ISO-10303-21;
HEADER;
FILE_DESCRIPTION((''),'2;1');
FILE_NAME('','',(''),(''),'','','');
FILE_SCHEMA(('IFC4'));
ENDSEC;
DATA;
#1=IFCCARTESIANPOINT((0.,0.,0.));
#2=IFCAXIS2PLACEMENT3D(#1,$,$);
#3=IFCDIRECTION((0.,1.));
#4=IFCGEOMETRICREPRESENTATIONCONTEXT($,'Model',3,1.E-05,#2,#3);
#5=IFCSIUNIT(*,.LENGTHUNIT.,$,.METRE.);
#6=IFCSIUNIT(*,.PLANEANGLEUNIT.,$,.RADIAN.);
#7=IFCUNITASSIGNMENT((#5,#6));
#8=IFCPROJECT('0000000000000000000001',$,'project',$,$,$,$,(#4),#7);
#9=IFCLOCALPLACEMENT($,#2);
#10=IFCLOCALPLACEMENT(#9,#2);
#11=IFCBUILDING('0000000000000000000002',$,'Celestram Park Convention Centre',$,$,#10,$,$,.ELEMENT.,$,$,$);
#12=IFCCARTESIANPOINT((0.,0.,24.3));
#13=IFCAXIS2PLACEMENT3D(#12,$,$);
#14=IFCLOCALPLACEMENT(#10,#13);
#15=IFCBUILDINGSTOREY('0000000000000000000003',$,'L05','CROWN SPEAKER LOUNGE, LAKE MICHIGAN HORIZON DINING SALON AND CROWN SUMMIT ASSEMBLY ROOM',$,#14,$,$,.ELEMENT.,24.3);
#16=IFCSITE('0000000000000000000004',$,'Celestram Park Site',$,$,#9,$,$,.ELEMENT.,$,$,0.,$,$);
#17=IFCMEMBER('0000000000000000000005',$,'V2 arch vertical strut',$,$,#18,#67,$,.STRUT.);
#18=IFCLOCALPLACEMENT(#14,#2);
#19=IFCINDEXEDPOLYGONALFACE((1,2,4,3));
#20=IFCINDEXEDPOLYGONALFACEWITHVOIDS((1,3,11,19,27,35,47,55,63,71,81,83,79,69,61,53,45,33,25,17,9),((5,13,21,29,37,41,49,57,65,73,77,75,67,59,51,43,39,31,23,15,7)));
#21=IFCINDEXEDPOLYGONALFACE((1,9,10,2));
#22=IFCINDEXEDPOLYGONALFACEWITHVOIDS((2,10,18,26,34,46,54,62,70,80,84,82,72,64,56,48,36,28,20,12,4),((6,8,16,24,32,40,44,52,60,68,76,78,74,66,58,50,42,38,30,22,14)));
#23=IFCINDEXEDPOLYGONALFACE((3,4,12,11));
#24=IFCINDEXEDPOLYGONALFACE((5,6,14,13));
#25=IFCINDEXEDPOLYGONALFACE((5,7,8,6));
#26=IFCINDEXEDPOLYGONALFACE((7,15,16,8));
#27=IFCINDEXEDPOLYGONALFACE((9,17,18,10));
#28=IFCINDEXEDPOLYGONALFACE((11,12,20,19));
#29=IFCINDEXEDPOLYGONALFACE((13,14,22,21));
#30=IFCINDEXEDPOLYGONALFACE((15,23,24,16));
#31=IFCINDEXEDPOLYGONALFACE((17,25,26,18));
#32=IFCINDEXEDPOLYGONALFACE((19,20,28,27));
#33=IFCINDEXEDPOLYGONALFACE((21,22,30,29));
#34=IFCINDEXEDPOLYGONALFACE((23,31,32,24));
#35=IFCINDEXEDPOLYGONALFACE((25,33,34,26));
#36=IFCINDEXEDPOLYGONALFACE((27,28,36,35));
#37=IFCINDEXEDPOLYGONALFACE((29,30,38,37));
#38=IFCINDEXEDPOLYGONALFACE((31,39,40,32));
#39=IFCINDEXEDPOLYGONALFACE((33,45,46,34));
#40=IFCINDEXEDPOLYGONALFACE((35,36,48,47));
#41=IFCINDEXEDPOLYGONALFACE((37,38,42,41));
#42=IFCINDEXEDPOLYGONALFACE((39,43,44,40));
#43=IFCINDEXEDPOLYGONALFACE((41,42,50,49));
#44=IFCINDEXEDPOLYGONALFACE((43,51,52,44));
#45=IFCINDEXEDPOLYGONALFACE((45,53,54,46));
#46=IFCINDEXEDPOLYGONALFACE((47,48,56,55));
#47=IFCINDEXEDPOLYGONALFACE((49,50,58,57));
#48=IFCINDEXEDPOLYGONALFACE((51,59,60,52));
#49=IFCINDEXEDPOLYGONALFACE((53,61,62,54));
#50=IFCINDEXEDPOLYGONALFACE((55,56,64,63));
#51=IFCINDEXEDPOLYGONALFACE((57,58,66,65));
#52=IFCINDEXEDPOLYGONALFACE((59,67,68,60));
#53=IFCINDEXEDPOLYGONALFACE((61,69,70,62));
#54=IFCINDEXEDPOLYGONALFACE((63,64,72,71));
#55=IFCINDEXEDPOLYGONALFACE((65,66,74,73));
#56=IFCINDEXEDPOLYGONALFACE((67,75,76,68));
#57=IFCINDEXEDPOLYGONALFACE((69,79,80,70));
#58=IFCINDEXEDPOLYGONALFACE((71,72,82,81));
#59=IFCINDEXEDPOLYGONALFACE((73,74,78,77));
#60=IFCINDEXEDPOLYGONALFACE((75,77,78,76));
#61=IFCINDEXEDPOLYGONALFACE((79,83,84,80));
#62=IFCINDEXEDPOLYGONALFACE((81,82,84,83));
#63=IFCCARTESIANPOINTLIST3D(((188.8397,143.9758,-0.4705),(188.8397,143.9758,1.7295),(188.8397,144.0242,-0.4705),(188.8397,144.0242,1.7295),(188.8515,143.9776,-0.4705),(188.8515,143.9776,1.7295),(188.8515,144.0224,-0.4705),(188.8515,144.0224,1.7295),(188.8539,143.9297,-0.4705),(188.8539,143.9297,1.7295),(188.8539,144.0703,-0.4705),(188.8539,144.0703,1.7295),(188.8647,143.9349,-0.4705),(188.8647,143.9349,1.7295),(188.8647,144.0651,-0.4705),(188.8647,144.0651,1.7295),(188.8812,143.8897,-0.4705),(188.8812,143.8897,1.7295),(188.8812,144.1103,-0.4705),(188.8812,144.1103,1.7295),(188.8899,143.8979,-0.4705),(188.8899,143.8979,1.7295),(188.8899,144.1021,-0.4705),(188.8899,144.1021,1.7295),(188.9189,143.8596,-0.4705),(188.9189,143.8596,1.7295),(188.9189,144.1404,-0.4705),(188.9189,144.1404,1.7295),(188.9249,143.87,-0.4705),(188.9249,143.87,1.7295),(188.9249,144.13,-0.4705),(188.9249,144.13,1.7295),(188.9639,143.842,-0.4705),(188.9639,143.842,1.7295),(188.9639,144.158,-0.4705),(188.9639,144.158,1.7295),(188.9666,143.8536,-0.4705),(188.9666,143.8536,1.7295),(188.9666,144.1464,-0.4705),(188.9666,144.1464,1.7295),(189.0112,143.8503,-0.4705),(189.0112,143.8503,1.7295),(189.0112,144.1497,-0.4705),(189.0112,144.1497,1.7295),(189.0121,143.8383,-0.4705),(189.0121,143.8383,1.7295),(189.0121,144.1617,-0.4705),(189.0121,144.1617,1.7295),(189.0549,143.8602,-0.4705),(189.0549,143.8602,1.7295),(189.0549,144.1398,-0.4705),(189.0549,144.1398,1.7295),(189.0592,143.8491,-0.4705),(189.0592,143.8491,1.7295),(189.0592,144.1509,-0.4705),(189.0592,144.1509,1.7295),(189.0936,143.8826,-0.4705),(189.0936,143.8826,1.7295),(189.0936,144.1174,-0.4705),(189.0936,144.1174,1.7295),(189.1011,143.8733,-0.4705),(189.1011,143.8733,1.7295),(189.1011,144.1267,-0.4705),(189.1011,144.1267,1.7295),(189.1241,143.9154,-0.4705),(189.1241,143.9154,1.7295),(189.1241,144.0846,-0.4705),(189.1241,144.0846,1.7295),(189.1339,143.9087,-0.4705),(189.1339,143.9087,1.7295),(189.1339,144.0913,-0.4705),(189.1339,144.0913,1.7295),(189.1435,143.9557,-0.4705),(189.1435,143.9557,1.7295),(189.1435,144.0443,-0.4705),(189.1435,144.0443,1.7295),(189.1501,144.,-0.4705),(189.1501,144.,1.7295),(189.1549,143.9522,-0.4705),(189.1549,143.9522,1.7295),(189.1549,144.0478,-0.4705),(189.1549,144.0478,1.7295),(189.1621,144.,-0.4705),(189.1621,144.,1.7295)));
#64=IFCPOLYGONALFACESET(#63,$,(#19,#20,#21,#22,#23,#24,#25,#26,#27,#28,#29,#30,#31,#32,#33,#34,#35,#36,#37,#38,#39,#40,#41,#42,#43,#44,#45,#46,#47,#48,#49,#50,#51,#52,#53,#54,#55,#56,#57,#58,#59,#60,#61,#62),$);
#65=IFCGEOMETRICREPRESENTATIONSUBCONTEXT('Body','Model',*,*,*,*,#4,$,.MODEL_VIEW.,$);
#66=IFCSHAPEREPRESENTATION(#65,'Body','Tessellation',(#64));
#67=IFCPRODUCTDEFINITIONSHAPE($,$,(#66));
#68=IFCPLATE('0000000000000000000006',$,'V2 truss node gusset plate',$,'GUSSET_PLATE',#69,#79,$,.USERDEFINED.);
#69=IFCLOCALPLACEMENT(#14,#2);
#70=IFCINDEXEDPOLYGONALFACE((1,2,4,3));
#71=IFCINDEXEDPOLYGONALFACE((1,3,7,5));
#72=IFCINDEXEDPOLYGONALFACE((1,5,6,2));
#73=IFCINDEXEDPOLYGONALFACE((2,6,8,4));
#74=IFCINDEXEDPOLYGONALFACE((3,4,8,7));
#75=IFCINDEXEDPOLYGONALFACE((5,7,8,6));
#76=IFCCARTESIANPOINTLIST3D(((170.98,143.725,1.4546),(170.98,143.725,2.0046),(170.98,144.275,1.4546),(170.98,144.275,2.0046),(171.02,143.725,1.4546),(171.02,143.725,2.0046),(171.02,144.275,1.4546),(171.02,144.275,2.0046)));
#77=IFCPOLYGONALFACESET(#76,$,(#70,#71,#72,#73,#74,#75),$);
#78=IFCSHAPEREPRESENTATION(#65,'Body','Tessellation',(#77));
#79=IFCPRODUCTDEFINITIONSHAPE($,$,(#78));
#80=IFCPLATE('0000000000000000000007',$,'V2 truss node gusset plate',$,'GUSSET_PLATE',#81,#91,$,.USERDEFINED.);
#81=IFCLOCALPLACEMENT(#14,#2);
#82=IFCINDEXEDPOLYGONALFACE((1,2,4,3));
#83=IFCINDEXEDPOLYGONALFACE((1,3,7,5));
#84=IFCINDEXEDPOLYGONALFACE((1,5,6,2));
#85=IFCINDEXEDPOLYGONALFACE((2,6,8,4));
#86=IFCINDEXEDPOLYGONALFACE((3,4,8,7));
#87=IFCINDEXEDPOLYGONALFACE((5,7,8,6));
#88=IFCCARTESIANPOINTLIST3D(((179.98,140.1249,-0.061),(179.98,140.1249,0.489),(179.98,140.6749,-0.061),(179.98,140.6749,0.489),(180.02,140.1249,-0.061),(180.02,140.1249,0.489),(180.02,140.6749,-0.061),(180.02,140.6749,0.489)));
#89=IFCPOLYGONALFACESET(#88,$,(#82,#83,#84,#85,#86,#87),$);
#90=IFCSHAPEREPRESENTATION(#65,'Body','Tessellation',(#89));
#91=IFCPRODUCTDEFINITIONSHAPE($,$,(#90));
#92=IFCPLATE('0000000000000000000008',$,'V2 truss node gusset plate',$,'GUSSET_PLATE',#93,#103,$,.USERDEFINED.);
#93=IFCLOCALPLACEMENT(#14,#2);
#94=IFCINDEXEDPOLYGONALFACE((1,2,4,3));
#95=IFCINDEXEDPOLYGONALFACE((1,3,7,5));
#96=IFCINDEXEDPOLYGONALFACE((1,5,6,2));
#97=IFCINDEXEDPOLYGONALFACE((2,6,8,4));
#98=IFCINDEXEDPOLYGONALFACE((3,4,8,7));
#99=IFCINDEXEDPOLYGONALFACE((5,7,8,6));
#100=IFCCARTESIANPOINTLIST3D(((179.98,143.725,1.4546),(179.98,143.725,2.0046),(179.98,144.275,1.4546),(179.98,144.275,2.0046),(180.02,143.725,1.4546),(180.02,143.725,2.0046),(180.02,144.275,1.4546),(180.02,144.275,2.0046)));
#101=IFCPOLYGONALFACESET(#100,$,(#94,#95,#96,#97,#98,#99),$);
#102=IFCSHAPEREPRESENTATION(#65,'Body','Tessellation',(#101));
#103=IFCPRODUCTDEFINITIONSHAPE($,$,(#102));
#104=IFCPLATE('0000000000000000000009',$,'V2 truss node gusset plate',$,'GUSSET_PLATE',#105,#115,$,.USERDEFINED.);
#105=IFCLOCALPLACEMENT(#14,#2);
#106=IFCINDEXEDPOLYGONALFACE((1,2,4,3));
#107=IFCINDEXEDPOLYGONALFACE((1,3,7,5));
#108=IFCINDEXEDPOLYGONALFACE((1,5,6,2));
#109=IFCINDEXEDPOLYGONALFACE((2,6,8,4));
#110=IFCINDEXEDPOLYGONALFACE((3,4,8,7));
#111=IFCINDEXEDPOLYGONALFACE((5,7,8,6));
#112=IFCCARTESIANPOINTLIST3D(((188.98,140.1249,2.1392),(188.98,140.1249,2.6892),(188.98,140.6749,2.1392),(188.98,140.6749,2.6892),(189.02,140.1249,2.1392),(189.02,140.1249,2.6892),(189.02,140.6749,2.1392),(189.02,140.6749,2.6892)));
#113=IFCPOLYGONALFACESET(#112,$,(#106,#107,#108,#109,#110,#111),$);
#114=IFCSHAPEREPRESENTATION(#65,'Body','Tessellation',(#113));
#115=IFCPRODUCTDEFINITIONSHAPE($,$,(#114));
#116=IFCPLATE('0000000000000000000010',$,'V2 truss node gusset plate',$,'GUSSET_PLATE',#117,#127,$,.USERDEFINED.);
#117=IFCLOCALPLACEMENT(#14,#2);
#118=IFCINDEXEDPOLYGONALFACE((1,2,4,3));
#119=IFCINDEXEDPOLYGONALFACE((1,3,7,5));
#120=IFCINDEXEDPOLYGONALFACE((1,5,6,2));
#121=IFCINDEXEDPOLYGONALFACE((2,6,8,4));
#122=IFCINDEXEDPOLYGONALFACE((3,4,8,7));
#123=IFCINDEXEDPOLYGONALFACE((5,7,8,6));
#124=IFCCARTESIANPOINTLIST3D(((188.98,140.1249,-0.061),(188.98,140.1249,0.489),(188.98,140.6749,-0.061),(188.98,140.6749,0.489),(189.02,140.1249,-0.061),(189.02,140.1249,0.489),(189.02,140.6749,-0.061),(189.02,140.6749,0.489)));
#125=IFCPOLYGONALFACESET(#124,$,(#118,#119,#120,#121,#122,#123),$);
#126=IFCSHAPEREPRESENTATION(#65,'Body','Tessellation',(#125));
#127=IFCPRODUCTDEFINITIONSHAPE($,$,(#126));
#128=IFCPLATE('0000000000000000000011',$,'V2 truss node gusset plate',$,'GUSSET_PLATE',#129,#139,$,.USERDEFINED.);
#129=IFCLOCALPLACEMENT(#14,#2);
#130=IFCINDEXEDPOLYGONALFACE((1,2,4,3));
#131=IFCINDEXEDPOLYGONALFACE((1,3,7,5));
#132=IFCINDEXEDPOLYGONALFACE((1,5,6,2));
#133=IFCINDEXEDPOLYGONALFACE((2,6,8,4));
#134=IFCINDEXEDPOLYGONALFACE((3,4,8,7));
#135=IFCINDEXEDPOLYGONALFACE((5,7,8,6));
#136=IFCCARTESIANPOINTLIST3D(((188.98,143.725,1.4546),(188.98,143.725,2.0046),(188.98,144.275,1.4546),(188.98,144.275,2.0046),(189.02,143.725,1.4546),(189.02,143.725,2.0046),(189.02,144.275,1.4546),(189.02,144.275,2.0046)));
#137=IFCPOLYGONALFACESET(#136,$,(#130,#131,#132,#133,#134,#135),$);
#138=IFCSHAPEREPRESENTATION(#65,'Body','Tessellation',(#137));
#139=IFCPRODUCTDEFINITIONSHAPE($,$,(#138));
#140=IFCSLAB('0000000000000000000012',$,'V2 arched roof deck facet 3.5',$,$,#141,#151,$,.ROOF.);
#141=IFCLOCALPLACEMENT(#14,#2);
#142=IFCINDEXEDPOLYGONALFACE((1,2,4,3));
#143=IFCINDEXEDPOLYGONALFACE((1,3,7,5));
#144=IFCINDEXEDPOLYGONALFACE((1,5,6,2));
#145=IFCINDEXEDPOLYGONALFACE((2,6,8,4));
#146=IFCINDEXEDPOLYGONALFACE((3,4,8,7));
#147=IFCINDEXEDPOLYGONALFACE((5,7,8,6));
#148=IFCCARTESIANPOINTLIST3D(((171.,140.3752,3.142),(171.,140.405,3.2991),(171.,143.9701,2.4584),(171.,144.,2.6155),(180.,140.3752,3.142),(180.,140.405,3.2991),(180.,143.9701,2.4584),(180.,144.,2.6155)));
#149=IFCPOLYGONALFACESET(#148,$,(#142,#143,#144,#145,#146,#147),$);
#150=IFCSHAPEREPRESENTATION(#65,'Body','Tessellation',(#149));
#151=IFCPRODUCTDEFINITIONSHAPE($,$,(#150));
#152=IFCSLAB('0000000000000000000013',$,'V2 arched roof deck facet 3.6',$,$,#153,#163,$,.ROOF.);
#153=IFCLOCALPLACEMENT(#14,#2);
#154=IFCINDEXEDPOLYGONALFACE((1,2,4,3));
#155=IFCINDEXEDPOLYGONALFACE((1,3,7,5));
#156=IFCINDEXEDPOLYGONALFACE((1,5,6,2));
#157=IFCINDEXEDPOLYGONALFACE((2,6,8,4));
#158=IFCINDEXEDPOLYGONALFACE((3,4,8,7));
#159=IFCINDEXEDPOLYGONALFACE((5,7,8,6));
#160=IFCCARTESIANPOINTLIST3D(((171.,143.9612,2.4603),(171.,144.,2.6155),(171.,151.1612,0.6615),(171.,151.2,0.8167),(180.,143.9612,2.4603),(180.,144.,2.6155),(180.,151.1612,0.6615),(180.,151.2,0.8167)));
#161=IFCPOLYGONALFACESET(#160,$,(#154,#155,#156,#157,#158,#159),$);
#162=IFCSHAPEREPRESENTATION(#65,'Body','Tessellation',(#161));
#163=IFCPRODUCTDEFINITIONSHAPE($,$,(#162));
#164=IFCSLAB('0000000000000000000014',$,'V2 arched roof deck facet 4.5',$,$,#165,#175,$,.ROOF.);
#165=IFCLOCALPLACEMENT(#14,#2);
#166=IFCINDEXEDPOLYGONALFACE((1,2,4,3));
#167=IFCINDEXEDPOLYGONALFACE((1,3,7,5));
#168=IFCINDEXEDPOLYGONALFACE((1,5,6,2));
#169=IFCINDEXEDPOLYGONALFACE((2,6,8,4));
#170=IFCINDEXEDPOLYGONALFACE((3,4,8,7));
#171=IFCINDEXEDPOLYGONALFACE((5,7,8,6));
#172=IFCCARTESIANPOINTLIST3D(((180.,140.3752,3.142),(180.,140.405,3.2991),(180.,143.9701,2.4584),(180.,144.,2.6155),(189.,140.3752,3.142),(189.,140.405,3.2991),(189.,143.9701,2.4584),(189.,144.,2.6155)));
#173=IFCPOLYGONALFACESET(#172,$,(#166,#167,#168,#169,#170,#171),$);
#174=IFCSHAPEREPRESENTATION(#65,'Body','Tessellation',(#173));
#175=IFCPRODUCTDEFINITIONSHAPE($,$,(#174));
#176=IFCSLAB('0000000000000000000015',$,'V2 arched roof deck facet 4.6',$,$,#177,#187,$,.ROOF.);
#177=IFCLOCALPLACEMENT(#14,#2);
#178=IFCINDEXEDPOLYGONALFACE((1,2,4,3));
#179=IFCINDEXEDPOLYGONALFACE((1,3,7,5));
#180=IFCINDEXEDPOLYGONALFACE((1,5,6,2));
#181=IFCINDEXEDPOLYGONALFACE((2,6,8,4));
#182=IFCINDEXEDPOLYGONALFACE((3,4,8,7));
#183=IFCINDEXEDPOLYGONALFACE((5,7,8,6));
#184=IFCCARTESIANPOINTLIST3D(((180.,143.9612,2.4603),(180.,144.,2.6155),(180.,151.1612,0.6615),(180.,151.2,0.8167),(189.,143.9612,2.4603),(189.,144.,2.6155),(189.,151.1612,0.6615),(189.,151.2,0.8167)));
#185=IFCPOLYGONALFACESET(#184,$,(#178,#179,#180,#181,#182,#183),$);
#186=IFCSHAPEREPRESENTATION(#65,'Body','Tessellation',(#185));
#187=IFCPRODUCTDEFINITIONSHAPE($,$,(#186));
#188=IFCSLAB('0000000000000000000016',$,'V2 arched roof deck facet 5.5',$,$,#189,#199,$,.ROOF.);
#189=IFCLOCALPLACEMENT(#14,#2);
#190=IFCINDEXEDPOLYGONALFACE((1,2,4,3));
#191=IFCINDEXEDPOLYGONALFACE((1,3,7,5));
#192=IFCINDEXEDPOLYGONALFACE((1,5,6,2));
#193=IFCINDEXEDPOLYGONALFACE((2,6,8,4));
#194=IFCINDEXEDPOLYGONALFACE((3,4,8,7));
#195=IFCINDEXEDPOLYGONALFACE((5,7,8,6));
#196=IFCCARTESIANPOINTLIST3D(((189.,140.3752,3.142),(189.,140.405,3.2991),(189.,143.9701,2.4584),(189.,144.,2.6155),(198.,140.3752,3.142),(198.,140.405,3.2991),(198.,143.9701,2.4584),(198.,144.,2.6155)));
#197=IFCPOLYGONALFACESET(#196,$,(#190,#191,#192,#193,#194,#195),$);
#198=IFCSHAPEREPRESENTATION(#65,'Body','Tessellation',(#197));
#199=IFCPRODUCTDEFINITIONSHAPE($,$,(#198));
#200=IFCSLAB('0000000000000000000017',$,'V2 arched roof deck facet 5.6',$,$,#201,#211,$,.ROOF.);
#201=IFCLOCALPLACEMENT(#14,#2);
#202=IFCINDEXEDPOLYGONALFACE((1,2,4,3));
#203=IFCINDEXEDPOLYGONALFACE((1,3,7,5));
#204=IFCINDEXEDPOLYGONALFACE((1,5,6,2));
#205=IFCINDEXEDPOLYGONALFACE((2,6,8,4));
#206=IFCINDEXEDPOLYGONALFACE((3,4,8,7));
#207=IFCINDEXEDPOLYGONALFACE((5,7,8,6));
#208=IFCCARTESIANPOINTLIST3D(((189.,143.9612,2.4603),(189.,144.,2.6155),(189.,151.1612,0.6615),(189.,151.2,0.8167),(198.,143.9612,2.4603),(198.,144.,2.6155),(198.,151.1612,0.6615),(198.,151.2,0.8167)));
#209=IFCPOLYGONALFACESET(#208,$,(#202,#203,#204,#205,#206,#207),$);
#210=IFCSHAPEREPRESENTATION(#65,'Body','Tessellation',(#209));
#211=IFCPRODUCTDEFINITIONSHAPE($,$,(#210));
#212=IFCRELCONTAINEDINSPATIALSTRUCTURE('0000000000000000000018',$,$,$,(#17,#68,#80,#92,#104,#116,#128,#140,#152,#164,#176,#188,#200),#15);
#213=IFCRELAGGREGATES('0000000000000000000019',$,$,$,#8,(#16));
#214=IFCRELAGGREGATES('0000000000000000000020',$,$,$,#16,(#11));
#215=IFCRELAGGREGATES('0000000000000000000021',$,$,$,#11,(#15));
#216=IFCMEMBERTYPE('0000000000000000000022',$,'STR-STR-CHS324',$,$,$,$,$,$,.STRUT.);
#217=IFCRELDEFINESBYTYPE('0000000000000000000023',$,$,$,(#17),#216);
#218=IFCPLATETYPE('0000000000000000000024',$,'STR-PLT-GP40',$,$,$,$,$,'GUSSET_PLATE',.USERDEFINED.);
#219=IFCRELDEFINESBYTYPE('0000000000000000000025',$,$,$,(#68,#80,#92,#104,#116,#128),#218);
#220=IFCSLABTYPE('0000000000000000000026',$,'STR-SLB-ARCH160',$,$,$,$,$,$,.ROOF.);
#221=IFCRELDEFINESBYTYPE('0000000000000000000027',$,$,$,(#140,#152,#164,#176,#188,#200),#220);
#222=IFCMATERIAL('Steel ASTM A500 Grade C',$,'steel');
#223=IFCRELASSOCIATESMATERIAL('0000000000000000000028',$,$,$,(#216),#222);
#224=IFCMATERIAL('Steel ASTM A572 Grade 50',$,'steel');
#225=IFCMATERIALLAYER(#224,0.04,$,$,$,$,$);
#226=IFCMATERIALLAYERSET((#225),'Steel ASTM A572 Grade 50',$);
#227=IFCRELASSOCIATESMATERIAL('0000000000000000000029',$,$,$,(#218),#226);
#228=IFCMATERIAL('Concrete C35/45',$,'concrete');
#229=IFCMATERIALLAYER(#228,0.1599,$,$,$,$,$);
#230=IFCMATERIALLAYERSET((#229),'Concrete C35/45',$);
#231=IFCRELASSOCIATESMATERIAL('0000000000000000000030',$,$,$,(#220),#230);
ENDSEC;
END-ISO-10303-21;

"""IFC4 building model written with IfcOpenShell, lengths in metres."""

from ifc_helpers import new_model, si_unit, direction, frame, origin, origin_2d, place, context, subcontext, project, spatial, polyline, rectangle, hollow_circle, outline, extrude, material, layer, layer_set, material_profile, profile_set, type_object, element, save


model = new_model("IFC4")

# Units and contexts
model_context = context("Model", 3, precision=1e-05, world=origin(), true_north=direction((0.0, 1.0)))
body_context = subcontext(model_context, "Body", "Model", "MODEL_VIEW")
ifc_project = project(units=[si_unit("LENGTHUNIT", "METRE"), si_unit("PLANEANGLEUNIT", "RADIAN")], contexts=[model_context])

# Site, building, storey
site_placement = place(None, origin())
site = spatial("IfcSite", under=ifc_project, at=site_placement, Name="Celestram Park Site", CompositionType="ELEMENT", RefElevation=0.0)
building_placement = place(site_placement, origin())
building = spatial("IfcBuilding", under=site, at=building_placement, Name="Celestram Park Convention Centre", CompositionType="ELEMENT")
storey_placement = place(building_placement, frame((0.0, 0.0, 24.3)))
storey = spatial("IfcBuildingStorey", under=building, at=storey_placement, Name="L05", Description="CROWN SPEAKER LOUNGE, LAKE MICHIGAN HORIZON DINING SALON AND CROWN SUMMIT ASSEMBLY ROOM", CompositionType="ELEMENT", Elevation=24.3)

# Member
ifc_material_1 = material(Name="Steel ASTM A500 Grade C", Category="steel")
ifc_material_profile_1 = material_profile(ifc_material_1, hollow_circle(Radius=0.1621, WallThickness=0.012, at=origin_2d()), Name="CHS324X12")
ifc_profile_set_1 = profile_set([ifc_material_profile_1], Name="Steel ASTM A500 Grade C")
member_type_1 = type_object("IfcMemberType", Name="STR-STR-CHS324", PredefinedType="STRUT", material=ifc_profile_set_1)
member_1_placement = place(storey_placement, frame((189.0, 144.0, -0.4705), z_axis=(0.0, 0.0, 1.0), x_axis=(1.0, 0.0, 0.0)))
element("IfcMember", 1, at=member_1_placement, inside=storey, type_object=member_type_1, Name="V2 arch vertical strut", PredefinedType="STRUT", context=body_context, shape_type="SweptSolid", body=[
    extrude(hollow_circle(Radius=0.1621, WallThickness=0.012, at=origin_2d()), origin(), (0.0, 0.0, 1.0), 2.2),
])

# Plates
ifc_material_2 = material(Name="Steel ASTM A572 Grade 50", Category="steel")
ifc_layer_1 = layer(ifc_material_2, 0.04)
ifc_layer_set_1 = layer_set([ifc_layer_1], Name="Steel ASTM A572 Grade 50")
plate_type = type_object("IfcPlateType", Name="STR-PLT-GP40", ElementType="GUSSET_PLATE", PredefinedType="USERDEFINED", material=ifc_layer_set_1)
for number, where, z_axis, x_axis, name in (
    (2, (171.0, 144.0, 1.4546), (0.0, 0.0, 1.0), (0.0, 1.0, 0.0), "V2 truss node gusset plate"),
    (3, (180.0, 140.3999, -0.061), (0.0, 0.0, 1.0), (0.0, 1.0, 0.0), "V2 truss node gusset plate"),
    (4, (180.0, 144.0, 1.4546), (0.0, 0.0, 1.0), (0.0, 1.0, 0.0), "V2 truss node gusset plate"),
    (5, (189.0, 140.3999, 2.1392), (0.0, 0.0, 1.0), (0.0, 1.0, 0.0), "V2 truss node gusset plate"),
    (6, (189.0, 140.3999, -0.061), (0.0, 0.0, 1.0), (0.0, 1.0, 0.0), "V2 truss node gusset plate"),
    (7, (189.0, 144.0, 1.4546), (0.0, 0.0, 1.0), (0.0, 1.0, 0.0), "V2 truss node gusset plate"),
):
    element("IfcPlate", number, at=place(storey_placement, frame(where, z_axis=z_axis, x_axis=x_axis)), inside=storey, type_object=plate_type, Name=name, ObjectType="GUSSET_PLATE", PredefinedType="USERDEFINED", context=body_context, shape_type="SweptSolid", body=[
        extrude(rectangle(XDim=0.55, YDim=0.04, at=origin_2d()), origin(), (0.0, 0.0, 1.0), 0.55),
    ])

# Slabs
ifc_material_3 = material(Name="Concrete C35/45", Category="concrete")
ifc_layer_2 = layer(ifc_material_3, 0.1599)
ifc_layer_set_2 = layer_set([ifc_layer_2], Name="Concrete C35/45")
slab_type = type_object("IfcSlabType", Name="STR-SLB-ARCH160", PredefinedType="ROOF", material=ifc_layer_set_2)
slab_1_placement = place(storey_placement, frame((171.0, 140.405, 3.2991), z_axis=(0.0, 0.186806, 0.982397), x_axis=(1.0, 0.0, 0.0)))
element("IfcSlab", 8, at=slab_1_placement, inside=storey, type_object=slab_type, Name="V2 arched roof deck facet 3.5", PredefinedType="ROOF", context=body_context, shape_type="SweptSolid", body=[
    extrude(outline(polyline([(0.0, 0.0), (9.0, 0.0), (9.0, 3.6594), (0.0, 3.6594), (0.0, 0.0)])), origin(), (0.0, 0.0, -1.0), 0.1599),
])
slab_2_placement = place(storey_placement, frame((171.0, 144.0, 2.6155), z_axis=(0.0, 0.242389, 0.970179), x_axis=(1.0, 0.0, 0.0)))
element("IfcSlab", 9, at=slab_2_placement, inside=storey, type_object=slab_type, Name="V2 arched roof deck facet 3.6", PredefinedType="ROOF", context=body_context, shape_type="SweptSolid", body=[
    extrude(outline(polyline([(0.0, 0.0), (9.0, 0.0), (9.0, 7.4213), (0.0, 7.4213), (0.0, 0.0)])), origin(), (0.0, 0.0, -1.0), 0.1599),
])
slab_3_placement = place(storey_placement, frame((180.0, 140.405, 3.2991), z_axis=(0.0, 0.186806, 0.982397), x_axis=(1.0, 0.0, 0.0)))
element("IfcSlab", 10, at=slab_3_placement, inside=storey, type_object=slab_type, Name="V2 arched roof deck facet 4.5", PredefinedType="ROOF", context=body_context, shape_type="SweptSolid", body=[
    extrude(outline(polyline([(0.0, 0.0), (9.0, 0.0), (9.0, 3.6594), (0.0, 3.6594), (0.0, 0.0)])), origin(), (0.0, 0.0, -1.0), 0.1599),
])
slab_4_placement = place(storey_placement, frame((180.0, 144.0, 2.6155), z_axis=(0.0, 0.242389, 0.970179), x_axis=(1.0, 0.0, 0.0)))
element("IfcSlab", 11, at=slab_4_placement, inside=storey, type_object=slab_type, Name="V2 arched roof deck facet 4.6", PredefinedType="ROOF", context=body_context, shape_type="SweptSolid", body=[
    extrude(outline(polyline([(0.0, 0.0), (9.0, 0.0), (9.0, 7.4213), (0.0, 7.4213), (0.0, 0.0)])), origin(), (0.0, 0.0, -1.0), 0.1599),
])
slab_5_placement = place(storey_placement, frame((189.0, 140.405, 3.2991), z_axis=(0.0, 0.186806, 0.982397), x_axis=(1.0, 0.0, 0.0)))
element("IfcSlab", 12, at=slab_5_placement, inside=storey, type_object=slab_type, Name="V2 arched roof deck facet 5.5", PredefinedType="ROOF", context=body_context, shape_type="SweptSolid", body=[
    extrude(outline(polyline([(0.0, 0.0), (9.0, 0.0), (9.0, 3.6594), (0.0, 3.6594), (0.0, 0.0)])), origin(), (0.0, 0.0, -1.0), 0.1599),
])
slab_6_placement = place(storey_placement, frame((189.0, 144.0, 2.6155), z_axis=(0.0, 0.242389, 0.970179), x_axis=(1.0, 0.0, 0.0)))
element("IfcSlab", 13, at=slab_6_placement, inside=storey, type_object=slab_type, Name="V2 arched roof deck facet 5.6", PredefinedType="ROOF", context=body_context, shape_type="SweptSolid", body=[
    extrude(outline(polyline([(0.0, 0.0), (9.0, 0.0), (9.0, 7.4213), (0.0, 7.4213), (0.0, 0.0)])), origin(), (0.0, 0.0, -1.0), 0.1599),
])

save(model, "model.ifc")
